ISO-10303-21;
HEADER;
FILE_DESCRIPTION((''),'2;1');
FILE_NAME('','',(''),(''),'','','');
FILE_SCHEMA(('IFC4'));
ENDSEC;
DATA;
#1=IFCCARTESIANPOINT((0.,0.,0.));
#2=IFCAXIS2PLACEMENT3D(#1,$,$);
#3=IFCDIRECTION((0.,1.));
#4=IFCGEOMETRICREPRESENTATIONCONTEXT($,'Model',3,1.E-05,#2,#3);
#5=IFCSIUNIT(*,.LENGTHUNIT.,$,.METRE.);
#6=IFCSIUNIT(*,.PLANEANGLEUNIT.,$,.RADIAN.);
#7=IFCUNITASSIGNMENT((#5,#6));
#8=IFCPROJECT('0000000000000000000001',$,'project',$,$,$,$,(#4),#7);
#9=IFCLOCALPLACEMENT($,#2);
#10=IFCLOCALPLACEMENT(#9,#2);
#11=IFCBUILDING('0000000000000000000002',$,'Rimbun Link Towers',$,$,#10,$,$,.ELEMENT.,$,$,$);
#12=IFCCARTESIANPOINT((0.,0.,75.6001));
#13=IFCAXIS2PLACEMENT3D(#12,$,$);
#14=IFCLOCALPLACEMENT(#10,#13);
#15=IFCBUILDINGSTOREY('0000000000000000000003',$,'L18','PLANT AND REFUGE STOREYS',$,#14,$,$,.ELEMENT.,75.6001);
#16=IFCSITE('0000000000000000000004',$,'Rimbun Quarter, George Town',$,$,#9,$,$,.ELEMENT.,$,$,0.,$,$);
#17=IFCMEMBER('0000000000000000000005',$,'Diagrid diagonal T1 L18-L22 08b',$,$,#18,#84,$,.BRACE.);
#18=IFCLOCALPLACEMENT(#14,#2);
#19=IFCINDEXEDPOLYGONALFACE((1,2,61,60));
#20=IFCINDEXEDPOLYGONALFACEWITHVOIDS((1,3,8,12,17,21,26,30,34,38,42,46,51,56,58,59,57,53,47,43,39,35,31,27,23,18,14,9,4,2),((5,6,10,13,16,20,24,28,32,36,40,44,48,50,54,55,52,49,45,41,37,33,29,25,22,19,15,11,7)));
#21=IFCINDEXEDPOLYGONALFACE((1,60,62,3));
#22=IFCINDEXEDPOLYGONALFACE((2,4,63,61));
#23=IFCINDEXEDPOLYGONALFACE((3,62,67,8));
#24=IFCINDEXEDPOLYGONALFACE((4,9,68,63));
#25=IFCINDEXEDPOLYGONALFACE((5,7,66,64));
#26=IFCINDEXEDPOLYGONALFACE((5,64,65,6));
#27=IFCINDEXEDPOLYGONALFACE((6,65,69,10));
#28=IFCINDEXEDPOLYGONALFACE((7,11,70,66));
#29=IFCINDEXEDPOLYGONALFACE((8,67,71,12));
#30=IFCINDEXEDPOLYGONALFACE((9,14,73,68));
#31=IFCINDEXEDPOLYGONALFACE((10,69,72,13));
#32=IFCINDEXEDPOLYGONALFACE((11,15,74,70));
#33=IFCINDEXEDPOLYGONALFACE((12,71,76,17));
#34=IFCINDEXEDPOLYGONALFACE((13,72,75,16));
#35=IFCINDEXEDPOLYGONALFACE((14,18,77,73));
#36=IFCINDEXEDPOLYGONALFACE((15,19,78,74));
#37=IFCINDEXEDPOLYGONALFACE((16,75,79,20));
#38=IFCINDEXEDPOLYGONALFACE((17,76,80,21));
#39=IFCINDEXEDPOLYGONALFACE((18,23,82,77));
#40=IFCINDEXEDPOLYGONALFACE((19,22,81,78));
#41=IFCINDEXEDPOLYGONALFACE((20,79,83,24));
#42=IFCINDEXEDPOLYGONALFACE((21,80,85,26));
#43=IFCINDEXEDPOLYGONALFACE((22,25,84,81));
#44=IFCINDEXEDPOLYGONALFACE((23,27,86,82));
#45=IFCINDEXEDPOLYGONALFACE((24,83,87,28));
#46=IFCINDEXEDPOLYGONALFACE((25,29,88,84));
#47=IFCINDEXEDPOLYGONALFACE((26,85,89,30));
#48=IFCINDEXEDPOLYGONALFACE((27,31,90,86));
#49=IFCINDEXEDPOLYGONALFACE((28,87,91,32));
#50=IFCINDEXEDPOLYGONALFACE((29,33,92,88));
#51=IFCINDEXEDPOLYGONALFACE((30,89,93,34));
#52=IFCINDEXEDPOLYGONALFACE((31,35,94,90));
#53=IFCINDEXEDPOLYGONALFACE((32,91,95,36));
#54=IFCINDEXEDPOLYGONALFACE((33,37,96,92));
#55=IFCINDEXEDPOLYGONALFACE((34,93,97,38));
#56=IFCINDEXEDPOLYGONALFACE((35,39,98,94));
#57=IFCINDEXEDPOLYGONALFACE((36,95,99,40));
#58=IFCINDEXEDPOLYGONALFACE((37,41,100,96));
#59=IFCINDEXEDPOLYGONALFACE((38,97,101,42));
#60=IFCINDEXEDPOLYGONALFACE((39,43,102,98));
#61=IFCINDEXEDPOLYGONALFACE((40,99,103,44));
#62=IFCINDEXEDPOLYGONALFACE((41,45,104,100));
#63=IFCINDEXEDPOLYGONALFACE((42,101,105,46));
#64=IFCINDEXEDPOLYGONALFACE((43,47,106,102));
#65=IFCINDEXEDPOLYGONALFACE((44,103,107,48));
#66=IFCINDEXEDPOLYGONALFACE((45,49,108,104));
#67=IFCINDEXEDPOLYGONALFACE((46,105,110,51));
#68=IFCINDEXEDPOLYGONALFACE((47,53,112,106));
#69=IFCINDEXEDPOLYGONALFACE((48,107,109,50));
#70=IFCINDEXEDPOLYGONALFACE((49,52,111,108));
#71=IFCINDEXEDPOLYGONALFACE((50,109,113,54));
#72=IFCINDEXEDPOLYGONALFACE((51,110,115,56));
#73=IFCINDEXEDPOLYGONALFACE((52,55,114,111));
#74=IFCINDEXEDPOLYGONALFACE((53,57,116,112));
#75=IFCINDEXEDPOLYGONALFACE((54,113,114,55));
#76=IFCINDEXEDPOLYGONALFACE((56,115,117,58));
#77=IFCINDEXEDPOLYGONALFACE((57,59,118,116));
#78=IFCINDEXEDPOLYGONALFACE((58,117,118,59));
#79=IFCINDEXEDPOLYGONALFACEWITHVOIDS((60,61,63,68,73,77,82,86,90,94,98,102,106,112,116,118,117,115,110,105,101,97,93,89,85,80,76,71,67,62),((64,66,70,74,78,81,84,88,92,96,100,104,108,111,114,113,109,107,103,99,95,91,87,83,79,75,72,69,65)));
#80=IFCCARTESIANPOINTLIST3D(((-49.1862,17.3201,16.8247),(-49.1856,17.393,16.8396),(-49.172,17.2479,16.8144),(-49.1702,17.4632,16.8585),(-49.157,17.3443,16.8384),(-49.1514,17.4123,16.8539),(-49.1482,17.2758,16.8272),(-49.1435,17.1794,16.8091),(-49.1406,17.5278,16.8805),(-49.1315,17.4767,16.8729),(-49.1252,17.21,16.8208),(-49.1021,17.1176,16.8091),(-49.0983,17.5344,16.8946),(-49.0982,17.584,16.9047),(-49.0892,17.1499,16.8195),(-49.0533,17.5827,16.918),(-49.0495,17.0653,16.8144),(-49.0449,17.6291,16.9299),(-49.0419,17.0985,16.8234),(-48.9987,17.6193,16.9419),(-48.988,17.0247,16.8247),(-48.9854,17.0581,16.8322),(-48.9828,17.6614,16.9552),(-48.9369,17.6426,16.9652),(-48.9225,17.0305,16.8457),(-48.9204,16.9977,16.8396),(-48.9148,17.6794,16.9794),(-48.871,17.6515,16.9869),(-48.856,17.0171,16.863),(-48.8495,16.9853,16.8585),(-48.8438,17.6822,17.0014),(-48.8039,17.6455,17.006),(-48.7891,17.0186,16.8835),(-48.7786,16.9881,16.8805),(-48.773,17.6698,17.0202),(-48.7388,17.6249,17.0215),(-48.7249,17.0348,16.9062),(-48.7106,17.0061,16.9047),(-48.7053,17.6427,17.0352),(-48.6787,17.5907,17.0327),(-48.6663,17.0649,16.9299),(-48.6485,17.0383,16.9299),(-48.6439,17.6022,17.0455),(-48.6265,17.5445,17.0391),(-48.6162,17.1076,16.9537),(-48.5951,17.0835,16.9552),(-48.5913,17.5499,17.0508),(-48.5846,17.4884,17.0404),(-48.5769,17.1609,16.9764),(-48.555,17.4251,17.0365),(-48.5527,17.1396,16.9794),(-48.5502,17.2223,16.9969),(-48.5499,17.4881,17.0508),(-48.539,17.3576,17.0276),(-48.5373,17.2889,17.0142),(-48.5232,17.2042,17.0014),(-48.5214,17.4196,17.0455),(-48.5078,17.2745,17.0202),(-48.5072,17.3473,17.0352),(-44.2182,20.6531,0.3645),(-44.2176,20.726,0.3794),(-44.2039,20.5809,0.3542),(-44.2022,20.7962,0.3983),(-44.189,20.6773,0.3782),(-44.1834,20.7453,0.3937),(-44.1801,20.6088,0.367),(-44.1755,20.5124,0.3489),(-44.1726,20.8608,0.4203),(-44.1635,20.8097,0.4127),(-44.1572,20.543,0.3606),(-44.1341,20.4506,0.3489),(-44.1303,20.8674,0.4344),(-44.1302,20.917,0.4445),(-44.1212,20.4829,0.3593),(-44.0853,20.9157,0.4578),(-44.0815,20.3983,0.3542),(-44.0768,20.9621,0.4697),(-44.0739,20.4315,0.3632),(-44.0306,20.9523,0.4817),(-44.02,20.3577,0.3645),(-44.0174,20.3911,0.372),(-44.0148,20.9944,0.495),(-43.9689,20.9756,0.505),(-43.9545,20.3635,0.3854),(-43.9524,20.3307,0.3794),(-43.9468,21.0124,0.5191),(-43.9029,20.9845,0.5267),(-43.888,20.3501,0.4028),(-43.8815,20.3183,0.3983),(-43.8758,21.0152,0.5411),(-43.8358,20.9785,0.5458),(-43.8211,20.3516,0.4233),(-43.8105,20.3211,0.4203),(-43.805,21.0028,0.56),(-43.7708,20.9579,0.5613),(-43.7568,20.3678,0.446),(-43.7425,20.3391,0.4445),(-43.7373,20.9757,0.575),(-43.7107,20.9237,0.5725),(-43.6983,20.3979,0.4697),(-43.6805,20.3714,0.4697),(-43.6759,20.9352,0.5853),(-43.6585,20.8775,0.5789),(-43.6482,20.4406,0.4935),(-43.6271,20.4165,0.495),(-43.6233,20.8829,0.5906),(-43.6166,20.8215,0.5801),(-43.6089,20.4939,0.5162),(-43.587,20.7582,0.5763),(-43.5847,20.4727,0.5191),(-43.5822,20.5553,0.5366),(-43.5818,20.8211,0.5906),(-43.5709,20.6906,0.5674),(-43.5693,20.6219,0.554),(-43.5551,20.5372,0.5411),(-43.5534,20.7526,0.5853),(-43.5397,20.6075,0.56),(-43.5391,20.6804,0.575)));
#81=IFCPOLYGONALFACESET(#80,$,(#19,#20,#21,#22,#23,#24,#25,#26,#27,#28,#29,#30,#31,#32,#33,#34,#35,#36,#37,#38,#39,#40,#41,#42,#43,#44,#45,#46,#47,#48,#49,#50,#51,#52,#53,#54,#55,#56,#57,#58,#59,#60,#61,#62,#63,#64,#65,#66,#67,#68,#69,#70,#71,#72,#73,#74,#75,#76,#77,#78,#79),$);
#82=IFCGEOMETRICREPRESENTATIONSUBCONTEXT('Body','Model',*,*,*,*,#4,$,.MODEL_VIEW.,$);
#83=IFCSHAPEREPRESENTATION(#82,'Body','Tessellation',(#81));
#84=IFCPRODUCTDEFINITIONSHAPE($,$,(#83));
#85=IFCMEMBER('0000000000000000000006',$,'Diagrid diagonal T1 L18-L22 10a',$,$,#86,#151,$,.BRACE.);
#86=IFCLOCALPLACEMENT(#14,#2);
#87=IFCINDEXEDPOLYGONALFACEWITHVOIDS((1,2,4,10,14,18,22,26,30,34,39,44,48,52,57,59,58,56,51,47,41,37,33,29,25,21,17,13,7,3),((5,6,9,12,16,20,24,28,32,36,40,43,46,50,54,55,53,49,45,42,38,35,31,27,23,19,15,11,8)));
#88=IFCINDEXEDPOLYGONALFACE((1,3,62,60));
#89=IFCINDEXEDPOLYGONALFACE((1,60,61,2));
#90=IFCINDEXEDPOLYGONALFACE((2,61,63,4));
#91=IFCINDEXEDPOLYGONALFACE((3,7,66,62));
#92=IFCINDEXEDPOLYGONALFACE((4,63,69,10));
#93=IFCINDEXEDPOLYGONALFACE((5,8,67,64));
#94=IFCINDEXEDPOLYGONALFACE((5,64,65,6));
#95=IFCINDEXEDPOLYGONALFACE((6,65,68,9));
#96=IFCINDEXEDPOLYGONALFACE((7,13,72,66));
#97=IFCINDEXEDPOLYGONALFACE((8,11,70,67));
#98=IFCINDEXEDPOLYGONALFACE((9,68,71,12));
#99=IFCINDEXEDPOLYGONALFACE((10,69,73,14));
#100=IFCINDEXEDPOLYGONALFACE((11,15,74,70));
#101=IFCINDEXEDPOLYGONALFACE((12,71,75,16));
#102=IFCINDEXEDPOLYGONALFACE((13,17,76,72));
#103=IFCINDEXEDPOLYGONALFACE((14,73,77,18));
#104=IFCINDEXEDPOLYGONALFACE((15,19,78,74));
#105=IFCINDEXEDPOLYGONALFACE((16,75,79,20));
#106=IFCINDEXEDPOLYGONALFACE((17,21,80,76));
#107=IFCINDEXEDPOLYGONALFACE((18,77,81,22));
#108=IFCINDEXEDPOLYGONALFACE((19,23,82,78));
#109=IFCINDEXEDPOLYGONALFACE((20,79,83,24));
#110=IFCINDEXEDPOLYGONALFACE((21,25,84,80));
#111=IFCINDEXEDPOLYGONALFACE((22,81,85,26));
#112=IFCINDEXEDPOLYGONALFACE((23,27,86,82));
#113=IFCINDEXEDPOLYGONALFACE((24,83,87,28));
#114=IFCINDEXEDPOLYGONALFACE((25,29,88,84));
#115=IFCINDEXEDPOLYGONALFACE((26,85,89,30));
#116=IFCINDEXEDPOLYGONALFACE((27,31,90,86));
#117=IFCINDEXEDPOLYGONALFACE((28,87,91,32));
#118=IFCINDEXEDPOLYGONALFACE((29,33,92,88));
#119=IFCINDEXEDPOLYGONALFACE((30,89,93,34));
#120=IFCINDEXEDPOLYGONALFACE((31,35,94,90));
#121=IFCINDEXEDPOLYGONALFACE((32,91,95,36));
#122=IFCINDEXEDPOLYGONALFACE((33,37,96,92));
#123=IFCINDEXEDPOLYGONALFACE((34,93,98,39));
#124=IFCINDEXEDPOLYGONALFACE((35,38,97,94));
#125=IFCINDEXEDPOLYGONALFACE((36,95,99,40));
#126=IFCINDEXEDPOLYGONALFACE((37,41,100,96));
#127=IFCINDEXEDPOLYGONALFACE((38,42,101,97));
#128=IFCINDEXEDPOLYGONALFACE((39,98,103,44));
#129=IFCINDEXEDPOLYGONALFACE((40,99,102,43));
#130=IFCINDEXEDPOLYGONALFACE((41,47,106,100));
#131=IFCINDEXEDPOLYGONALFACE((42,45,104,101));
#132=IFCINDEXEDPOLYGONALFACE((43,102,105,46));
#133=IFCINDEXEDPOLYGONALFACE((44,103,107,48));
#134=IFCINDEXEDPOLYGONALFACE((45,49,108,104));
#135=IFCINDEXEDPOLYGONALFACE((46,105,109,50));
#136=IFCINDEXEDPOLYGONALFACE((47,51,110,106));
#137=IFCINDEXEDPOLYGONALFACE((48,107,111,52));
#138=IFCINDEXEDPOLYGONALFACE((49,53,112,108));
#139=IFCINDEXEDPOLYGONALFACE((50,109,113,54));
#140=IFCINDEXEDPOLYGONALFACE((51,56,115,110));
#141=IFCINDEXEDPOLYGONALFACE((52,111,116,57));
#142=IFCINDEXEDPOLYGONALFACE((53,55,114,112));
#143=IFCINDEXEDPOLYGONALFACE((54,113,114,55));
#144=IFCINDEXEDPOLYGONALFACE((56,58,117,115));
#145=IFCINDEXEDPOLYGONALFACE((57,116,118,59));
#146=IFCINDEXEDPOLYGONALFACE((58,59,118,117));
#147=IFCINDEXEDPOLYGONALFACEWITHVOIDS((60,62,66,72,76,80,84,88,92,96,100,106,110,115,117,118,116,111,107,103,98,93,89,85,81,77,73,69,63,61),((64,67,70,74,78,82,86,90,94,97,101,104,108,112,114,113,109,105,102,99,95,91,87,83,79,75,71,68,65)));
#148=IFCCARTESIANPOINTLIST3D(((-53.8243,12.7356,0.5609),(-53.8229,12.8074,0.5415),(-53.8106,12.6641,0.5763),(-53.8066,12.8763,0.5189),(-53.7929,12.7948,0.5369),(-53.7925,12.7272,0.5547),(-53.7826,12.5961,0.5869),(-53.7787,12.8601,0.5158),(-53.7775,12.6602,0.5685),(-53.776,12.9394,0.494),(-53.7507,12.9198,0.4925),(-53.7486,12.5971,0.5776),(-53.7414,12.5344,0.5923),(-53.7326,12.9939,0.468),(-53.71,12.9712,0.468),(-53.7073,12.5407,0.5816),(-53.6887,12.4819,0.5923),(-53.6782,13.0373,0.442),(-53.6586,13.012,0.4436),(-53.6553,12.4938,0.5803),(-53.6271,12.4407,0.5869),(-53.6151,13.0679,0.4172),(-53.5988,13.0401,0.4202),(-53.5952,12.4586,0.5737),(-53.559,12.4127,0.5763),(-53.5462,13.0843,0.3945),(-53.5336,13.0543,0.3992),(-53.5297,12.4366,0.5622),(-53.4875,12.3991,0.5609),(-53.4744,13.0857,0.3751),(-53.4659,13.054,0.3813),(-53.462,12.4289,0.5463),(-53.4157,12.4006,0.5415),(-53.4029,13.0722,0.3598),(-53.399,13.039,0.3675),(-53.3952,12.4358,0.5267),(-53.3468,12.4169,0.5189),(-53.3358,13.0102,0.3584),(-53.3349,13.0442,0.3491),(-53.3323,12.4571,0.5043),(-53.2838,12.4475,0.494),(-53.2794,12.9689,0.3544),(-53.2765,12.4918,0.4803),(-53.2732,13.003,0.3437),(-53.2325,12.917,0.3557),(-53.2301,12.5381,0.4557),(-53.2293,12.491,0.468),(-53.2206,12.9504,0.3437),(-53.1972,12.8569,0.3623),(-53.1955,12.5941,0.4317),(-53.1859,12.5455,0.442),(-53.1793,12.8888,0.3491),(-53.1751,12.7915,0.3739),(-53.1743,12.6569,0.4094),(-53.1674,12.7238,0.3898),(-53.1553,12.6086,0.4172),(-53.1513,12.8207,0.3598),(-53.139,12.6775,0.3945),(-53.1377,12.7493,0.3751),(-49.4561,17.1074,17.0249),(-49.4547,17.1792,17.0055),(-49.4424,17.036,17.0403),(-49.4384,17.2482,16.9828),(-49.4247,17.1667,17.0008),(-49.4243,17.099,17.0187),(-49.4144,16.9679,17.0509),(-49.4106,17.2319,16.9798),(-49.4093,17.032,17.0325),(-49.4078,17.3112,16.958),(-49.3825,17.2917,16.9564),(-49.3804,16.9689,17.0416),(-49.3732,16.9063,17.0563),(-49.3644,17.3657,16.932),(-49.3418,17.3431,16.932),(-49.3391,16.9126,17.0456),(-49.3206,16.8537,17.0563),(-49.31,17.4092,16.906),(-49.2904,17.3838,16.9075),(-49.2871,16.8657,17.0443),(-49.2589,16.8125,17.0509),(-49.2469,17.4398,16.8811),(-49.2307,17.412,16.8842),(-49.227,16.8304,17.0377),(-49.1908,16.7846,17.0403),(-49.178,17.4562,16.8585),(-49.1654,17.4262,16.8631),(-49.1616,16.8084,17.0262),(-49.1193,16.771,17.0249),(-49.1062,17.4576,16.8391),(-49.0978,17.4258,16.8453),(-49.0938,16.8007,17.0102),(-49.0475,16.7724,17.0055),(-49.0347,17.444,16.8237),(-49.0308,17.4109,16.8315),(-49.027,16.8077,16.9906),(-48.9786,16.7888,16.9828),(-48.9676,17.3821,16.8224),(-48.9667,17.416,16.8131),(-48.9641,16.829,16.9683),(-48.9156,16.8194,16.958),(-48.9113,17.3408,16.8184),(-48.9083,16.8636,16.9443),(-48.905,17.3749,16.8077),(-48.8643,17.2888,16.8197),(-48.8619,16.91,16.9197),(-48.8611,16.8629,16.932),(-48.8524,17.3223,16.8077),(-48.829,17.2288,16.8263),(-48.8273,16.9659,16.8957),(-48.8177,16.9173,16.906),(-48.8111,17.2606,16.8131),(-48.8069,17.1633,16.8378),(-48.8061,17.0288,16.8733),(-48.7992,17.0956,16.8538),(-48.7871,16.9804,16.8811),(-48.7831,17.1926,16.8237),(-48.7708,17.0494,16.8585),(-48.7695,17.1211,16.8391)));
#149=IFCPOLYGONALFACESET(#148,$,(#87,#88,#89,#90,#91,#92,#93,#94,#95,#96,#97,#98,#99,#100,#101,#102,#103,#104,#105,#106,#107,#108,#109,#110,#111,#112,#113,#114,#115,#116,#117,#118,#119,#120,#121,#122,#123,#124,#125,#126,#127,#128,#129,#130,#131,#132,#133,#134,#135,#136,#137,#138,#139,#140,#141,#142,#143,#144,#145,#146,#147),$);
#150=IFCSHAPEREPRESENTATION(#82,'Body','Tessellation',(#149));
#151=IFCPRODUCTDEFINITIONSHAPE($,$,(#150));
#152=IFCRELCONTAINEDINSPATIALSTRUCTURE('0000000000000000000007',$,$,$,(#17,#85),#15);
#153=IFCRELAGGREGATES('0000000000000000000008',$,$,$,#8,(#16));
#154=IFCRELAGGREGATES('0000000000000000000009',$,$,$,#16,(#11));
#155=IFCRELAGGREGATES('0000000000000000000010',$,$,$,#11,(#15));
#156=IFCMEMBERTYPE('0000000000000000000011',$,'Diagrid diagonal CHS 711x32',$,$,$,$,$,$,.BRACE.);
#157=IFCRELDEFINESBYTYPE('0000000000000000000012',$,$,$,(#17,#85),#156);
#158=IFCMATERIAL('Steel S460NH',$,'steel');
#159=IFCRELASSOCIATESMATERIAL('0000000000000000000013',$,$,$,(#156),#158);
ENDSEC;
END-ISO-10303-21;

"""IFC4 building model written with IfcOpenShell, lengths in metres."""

from ifc_helpers import new_model, si_unit, direction, frame, origin, origin_2d, place, context, subcontext, project, spatial, hollow_circle, extrude, material, material_profile, profile_set, type_object, element, save


model = new_model("IFC4")

# Units and contexts
model_context = context("Model", 3, precision=1e-05, world=origin(), true_north=direction((0.0, 1.0)))
body_context = subcontext(model_context, "Body", "Model", "MODEL_VIEW")
ifc_project = project(units=[si_unit("LENGTHUNIT", "METRE"), si_unit("PLANEANGLEUNIT", "RADIAN")], contexts=[model_context])

# Site, building, storey
site_placement = place(None, origin())
site = spatial("IfcSite", under=ifc_project, at=site_placement, Name="Rimbun Quarter, George Town", CompositionType="ELEMENT", RefElevation=0.0)
building_placement = place(site_placement, origin())
building = spatial("IfcBuilding", under=site, at=building_placement, Name="Rimbun Link Towers", CompositionType="ELEMENT")
storey_placement = place(building_placement, frame((0.0, 0.0, 75.6001)))
storey = spatial("IfcBuildingStorey", under=building, at=storey_placement, Name="L18", Description="PLANT AND REFUGE STOREYS", CompositionType="ELEMENT", Elevation=75.6001)

# Members
ifc_material_1 = material(Name="Steel S460NH", Category="steel")
ifc_material_profile_1 = material_profile(ifc_material_1, hollow_circle(Radius=0.3557, WallThickness=0.032, at=origin_2d()), Name="Diagrid diagonal CHS 711x32")
ifc_profile_set_1 = profile_set([ifc_material_profile_1], Name="Steel S460NH")
member_type_1 = type_object("IfcMemberType", Name="Diagrid diagonal CHS 711x32", PredefinedType="BRACE", material=ifc_profile_set_1)
member_1_placement = place(storey_placement, frame((-43.8787, 20.6667, 0.4697), z_axis=(-0.283665, -0.190309, 0.939849), x_axis=(0.557128, -0.830427, 0.0)))
element("IfcMember", 1, at=member_1_placement, inside=storey, type_object=member_type_1, Name="Diagrid diagonal T1 L18-L22 08b", PredefinedType="BRACE", context=body_context, shape_type="SweptSolid", body=[
    extrude(hollow_circle(Radius=0.3557, WallThickness=0.032, at=origin_2d()), origin(), (0.0, 0.0, 1.0), 17.5137),
])
member_2_placement = place(storey_placement, frame((-53.481, 12.7424, 0.468), z_axis=(0.248395, 0.248603, 0.936214), x_axis=(-0.707403, 0.70681, 0.0)))
element("IfcMember", 2, at=member_2_placement, inside=storey, type_object=member_type_1, Name="Diagrid diagonal T1 L18-L22 10a", PredefinedType="BRACE", context=body_context, shape_type="SweptSolid", body=[
    extrude(hollow_circle(Radius=0.3557, WallThickness=0.032, at=origin_2d()), origin(), (0.0, 0.0, 1.0), 17.5857),
])

save(model, "model.ifc")
